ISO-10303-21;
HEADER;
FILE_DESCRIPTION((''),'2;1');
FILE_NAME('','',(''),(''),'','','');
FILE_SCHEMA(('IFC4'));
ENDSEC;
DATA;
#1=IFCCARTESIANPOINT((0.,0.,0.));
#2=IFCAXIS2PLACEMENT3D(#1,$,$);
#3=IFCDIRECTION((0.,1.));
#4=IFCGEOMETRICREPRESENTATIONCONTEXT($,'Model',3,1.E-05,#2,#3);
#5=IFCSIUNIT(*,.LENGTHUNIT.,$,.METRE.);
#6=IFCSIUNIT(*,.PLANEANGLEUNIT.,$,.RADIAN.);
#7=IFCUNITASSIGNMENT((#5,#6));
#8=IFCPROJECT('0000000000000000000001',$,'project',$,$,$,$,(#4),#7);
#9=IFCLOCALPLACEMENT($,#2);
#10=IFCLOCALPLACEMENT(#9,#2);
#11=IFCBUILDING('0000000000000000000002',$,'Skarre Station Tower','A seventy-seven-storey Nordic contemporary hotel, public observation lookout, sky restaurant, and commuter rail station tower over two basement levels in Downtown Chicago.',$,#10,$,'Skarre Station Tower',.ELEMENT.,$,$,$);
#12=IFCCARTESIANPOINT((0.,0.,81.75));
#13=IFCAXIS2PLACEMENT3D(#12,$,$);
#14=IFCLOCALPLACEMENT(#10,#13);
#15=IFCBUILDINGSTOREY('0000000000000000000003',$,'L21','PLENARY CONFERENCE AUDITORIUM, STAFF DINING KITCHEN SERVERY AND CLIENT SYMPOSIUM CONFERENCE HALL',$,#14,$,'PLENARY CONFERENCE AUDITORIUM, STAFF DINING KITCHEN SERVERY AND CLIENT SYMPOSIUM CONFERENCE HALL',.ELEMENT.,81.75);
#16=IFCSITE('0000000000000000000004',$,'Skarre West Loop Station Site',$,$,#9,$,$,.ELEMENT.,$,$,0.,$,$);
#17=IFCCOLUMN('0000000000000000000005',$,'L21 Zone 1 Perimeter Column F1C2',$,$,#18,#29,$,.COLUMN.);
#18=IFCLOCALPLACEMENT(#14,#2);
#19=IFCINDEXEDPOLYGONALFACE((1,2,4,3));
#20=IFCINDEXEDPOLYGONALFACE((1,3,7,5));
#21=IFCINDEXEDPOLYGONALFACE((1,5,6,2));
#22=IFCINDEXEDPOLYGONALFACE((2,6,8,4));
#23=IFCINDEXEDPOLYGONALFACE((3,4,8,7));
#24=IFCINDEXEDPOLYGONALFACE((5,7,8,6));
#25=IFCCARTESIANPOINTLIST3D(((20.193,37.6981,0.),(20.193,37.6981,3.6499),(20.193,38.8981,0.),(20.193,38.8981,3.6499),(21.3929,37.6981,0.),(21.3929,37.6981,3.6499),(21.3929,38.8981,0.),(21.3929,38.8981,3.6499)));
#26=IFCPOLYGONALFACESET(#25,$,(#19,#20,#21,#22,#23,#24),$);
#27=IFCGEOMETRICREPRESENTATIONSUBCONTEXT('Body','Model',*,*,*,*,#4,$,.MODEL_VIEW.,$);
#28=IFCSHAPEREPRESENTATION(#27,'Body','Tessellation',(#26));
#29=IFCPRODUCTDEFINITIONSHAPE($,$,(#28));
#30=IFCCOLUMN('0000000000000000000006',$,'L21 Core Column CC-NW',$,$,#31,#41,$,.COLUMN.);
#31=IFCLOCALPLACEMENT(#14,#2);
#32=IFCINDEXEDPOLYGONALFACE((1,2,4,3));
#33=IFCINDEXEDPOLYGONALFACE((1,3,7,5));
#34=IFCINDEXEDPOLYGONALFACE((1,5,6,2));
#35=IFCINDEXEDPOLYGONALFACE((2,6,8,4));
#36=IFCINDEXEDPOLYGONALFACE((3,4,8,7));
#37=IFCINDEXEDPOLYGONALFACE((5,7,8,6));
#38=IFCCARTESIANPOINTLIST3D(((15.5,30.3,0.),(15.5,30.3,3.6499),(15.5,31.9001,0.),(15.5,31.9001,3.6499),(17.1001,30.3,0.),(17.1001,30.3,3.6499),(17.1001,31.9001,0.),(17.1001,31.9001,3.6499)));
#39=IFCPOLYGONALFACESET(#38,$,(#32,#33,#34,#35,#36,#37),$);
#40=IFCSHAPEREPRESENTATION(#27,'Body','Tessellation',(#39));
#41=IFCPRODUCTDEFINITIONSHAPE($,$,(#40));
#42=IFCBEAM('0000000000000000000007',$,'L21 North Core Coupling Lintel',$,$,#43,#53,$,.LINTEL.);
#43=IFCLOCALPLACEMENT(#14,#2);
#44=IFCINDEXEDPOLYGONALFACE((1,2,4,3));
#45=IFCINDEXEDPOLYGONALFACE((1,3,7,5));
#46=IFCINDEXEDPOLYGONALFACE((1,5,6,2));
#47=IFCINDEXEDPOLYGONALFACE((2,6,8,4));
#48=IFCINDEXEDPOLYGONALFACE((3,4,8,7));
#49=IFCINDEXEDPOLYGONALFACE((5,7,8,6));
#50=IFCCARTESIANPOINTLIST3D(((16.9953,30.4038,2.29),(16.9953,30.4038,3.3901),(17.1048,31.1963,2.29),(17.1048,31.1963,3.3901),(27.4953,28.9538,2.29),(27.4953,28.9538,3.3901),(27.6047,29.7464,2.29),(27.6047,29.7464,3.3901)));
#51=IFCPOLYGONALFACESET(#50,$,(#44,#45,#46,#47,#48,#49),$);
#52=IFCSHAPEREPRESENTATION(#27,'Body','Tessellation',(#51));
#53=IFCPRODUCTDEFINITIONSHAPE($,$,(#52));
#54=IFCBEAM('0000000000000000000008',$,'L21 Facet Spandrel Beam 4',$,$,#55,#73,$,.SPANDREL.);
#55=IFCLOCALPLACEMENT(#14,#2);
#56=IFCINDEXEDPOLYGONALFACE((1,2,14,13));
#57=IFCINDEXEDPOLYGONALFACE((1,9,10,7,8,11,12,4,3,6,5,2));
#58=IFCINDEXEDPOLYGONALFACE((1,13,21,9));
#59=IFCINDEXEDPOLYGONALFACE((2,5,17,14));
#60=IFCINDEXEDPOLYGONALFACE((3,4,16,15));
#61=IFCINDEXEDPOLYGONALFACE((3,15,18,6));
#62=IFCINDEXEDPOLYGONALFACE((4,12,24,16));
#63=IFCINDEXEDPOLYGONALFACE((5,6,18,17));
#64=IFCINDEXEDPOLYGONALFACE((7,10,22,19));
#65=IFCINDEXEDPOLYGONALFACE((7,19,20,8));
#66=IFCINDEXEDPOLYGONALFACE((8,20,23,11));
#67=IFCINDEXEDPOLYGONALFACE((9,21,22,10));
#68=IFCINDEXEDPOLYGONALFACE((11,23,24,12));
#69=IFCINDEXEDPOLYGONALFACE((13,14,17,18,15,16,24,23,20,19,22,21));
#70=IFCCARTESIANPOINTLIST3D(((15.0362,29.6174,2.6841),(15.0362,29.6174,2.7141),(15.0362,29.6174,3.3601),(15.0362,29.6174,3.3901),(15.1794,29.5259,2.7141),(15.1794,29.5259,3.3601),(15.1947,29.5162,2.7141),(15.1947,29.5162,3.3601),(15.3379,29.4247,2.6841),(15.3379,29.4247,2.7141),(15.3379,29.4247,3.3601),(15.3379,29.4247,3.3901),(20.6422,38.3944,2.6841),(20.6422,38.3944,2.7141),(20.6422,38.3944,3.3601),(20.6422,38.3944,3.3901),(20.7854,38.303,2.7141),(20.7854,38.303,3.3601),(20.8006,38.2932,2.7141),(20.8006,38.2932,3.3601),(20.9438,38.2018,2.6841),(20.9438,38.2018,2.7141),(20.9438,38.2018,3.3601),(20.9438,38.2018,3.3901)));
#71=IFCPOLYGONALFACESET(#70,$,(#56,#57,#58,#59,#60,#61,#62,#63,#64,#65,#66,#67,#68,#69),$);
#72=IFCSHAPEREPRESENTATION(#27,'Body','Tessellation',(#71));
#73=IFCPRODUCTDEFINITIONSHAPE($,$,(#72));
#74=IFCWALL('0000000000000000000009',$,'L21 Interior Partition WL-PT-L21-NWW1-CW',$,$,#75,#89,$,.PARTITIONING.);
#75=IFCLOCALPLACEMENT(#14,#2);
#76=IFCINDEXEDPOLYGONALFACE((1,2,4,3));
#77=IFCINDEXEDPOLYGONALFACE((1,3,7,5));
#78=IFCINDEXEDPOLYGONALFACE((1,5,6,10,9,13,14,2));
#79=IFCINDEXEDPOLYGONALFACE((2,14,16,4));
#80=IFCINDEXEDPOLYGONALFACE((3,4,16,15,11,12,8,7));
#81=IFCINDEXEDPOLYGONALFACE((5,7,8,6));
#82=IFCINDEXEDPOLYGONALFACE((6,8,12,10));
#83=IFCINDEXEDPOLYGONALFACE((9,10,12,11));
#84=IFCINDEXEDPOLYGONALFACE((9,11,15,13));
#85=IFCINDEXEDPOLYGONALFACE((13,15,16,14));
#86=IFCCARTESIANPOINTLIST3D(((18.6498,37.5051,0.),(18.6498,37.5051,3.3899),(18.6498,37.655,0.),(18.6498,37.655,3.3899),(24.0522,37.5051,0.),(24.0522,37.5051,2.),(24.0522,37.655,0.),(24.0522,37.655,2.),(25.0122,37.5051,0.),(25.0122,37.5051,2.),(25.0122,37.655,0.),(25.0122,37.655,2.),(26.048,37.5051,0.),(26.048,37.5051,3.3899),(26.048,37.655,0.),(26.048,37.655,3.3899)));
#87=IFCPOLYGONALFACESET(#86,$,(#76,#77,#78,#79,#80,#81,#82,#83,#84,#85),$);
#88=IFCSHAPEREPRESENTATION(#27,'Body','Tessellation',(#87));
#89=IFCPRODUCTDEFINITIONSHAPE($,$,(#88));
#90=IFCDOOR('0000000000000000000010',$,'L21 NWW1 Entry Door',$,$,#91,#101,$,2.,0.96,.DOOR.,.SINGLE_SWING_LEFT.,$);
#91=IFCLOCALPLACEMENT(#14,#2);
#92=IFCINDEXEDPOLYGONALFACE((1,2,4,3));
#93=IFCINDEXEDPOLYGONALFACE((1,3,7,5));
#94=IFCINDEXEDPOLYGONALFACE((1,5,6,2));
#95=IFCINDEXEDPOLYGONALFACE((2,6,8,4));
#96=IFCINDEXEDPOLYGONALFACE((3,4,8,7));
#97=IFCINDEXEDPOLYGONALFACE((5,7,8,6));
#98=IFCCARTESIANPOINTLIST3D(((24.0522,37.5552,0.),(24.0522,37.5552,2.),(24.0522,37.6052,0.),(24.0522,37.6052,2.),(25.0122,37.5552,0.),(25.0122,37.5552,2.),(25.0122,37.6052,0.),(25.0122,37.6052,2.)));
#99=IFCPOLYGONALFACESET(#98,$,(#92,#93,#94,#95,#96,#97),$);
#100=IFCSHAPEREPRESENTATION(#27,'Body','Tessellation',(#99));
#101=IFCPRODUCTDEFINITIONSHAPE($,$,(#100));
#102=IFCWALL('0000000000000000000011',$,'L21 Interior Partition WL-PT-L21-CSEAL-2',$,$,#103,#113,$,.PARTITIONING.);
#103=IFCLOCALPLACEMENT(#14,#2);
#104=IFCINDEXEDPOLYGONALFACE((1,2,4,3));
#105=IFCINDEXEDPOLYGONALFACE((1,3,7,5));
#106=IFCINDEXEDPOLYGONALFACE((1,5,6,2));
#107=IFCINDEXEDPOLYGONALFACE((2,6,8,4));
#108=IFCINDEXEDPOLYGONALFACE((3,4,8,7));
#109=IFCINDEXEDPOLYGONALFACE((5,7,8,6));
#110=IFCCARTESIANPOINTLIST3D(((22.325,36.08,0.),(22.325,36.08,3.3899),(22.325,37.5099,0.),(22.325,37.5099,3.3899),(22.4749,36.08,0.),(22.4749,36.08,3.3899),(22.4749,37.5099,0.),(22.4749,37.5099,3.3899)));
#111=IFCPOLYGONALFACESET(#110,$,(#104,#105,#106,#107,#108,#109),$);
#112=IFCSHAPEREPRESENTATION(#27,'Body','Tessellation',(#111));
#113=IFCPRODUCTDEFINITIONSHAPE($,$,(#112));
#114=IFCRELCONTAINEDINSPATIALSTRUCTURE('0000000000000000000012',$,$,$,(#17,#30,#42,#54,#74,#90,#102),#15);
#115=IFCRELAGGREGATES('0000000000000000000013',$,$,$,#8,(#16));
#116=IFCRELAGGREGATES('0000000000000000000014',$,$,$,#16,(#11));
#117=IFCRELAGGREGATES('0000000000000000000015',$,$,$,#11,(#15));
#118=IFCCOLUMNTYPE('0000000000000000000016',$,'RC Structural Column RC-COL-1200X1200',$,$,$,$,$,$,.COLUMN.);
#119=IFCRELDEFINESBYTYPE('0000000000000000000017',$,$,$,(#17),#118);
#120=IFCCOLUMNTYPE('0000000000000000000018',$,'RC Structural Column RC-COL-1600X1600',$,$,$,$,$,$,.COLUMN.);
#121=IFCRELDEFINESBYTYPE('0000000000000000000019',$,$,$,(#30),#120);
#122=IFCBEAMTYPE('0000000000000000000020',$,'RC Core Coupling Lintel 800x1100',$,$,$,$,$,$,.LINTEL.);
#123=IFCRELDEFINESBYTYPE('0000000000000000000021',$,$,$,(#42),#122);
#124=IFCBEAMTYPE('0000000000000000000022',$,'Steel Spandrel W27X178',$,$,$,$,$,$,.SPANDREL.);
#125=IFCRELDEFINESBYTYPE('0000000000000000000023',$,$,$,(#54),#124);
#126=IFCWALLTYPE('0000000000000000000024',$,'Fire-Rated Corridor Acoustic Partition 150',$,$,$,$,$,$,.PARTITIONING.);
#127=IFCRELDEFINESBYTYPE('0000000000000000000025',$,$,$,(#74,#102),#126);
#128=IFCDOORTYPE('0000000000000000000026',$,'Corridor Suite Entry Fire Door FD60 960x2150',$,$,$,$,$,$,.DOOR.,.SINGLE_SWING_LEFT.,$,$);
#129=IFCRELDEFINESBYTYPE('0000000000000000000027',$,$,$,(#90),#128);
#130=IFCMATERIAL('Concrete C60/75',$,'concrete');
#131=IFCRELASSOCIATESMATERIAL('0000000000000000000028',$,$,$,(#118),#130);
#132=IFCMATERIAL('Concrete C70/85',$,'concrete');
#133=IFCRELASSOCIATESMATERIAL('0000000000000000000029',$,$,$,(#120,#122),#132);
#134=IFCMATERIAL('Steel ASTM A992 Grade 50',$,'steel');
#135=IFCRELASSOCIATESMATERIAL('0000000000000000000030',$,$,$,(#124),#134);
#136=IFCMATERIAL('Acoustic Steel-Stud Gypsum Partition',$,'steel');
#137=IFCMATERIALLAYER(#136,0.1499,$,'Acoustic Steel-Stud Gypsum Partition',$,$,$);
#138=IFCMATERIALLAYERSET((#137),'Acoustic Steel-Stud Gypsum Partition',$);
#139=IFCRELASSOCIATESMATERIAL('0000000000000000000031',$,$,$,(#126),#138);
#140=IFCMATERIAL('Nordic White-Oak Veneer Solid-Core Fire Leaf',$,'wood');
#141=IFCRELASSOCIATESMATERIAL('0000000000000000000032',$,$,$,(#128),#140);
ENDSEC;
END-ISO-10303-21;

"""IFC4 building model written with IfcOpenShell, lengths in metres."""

from ifc_helpers import new_model, si_unit, direction, frame, frame_2d, origin, origin_2d, place, context, subcontext, project, spatial, rectangle, i_section, extrude, material, layer, layer_set, material_profile, profile_set, type_object, element, fill, save


model = new_model("IFC4")

# Units and contexts
model_context = context("Model", 3, precision=1e-05, world=origin(), true_north=direction((0.0, 1.0)))
body_context = subcontext(model_context, "Body", "Model", "MODEL_VIEW")
ifc_project = project(units=[si_unit("LENGTHUNIT", "METRE"), si_unit("PLANEANGLEUNIT", "RADIAN")], contexts=[model_context])

# Site, building, storey
site_placement = place(None, origin())
site = spatial("IfcSite", under=ifc_project, at=site_placement, Name="Skarre West Loop Station Site", CompositionType="ELEMENT", RefElevation=0.0)
building_placement = place(site_placement, origin())
building = spatial("IfcBuilding", under=site, at=building_placement, Name="Skarre Station Tower", Description="A seventy-seven-storey Nordic contemporary hotel, public observation lookout, sky restaurant, and commuter rail station tower over two basement levels in Downtown Chicago.", LongName="Skarre Station Tower", CompositionType="ELEMENT")
storey_placement = place(building_placement, frame((0.0, 0.0, 81.75)))
storey = spatial("IfcBuildingStorey", under=building, at=storey_placement, Name="L21", Description="PLENARY CONFERENCE AUDITORIUM, STAFF DINING KITCHEN SERVERY AND CLIENT SYMPOSIUM CONFERENCE HALL", LongName="PLENARY CONFERENCE AUDITORIUM, STAFF DINING KITCHEN SERVERY AND CLIENT SYMPOSIUM CONFERENCE HALL", CompositionType="ELEMENT", Elevation=81.75)

# Columns
ifc_material_1 = material(Name="Concrete C60/75", Category="concrete")
ifc_material_profile_1 = material_profile(ifc_material_1, rectangle(XDim=1.2, YDim=1.2, at=origin_2d()), Name="Concrete C60/75")
ifc_profile_set_1 = profile_set([ifc_material_profile_1], Name="Concrete C60/75")
column_type_1 = type_object("IfcColumnType", Name="RC Structural Column RC-COL-1200X1200", PredefinedType="COLUMN", material=ifc_profile_set_1)
column_1_placement = place(storey_placement, frame((20.793, 38.2981, 0.0), z_axis=(0.0, 0.0, 1.0), x_axis=(1.0, 0.0, 0.0)))
element("IfcColumn", 1, at=column_1_placement, inside=storey, type_object=column_type_1, Name="L21 Zone 1 Perimeter Column F1C2", PredefinedType="COLUMN", context=body_context, shape_type="SweptSolid", body=[
    extrude(rectangle(XDim=1.2, YDim=1.2, at=origin_2d()), origin(), (0.0, 0.0, 1.0), 3.6499),
])
ifc_material_2 = material(Name="Concrete C70/85", Category="concrete")
ifc_material_profile_2 = material_profile(ifc_material_2, rectangle(XDim=1.6001, YDim=1.6001, at=origin_2d()), Name="Concrete C70/85")
ifc_profile_set_2 = profile_set([ifc_material_profile_2], Name="Concrete C70/85")
column_type_2 = type_object("IfcColumnType", Name="RC Structural Column RC-COL-1600X1600", PredefinedType="COLUMN", material=ifc_profile_set_2)
column_2_placement = place(storey_placement, frame((16.3, 31.1001, 0.0), z_axis=(0.0, 0.0, 1.0), x_axis=(1.0, 0.0, 0.0)))
element("IfcColumn", 2, at=column_2_placement, inside=storey, type_object=column_type_2, Name="L21 Core Column CC-NW", PredefinedType="COLUMN", context=body_context, shape_type="SweptSolid", body=[
    extrude(rectangle(XDim=1.6001, YDim=1.6001, at=origin_2d()), origin(), (0.0, 0.0, 1.0), 3.6499),
])

# Beams
ifc_material_profile_3 = material_profile(ifc_material_2, rectangle(XDim=0.8, YDim=1.1001, at=origin_2d()), Name="Concrete C70/85")
ifc_profile_set_3 = profile_set([ifc_material_profile_3], Name="Concrete C70/85")
beam_type_1 = type_object("IfcBeamType", Name="RC Core Coupling Lintel 800x1100", PredefinedType="LINTEL", material=ifc_profile_set_3)
beam_1_placement = place(storey_placement, frame((17.05, 30.8, 2.8401), z_axis=(0.9906, -0.136792, 0.0), x_axis=(0.136792, 0.9906, 0.0)))
element("IfcBeam", 3, at=beam_1_placement, inside=storey, type_object=beam_type_1, Name="L21 North Core Coupling Lintel", PredefinedType="LINTEL", context=body_context, shape_type="SweptSolid", body=[
    extrude(rectangle(XDim=0.8, YDim=1.1001, at=origin_2d()), origin(), (0.0, 0.0, 1.0), 10.5996),
])
ifc_material_3 = material(Name="Steel ASTM A992 Grade 50", Category="steel")
ifc_material_profile_4 = material_profile(ifc_material_3, i_section(OverallWidth=0.3579, OverallDepth=0.7061, WebThickness=0.0181, FlangeThickness=0.03, at=origin_2d()), Name="Steel ASTM A992 Grade 50")
ifc_profile_set_4 = profile_set([ifc_material_profile_4], Name="Steel ASTM A992 Grade 50")
beam_type_2 = type_object("IfcBeamType", Name="Steel Spandrel W27X178", PredefinedType="SPANDREL", material=ifc_profile_set_4)
beam_2_placement = place(storey_placement, frame((20.793, 38.2981, 3.0371), z_axis=(-0.538278, -0.842767, 0.0), x_axis=(0.842767, -0.538278, 0.0)))
element("IfcBeam", 4, at=beam_2_placement, inside=storey, type_object=beam_type_2, Name="L21 Facet Spandrel Beam 4", PredefinedType="SPANDREL", context=body_context, shape_type="SweptSolid", body=[
    extrude(i_section(OverallWidth=0.3579, OverallDepth=0.7061, WebThickness=0.0181, FlangeThickness=0.03, at=origin_2d()), origin(), (0.0, 0.0, 1.0), 10.4146),
])

# Wall, opening, door
ifc_material_4 = material(Name="Acoustic Steel-Stud Gypsum Partition", Category="steel")
ifc_layer_1 = layer(ifc_material_4, 0.1499, Name="Acoustic Steel-Stud Gypsum Partition")
ifc_layer_set_1 = layer_set([ifc_layer_1], Name="Acoustic Steel-Stud Gypsum Partition")
wall_type_1 = type_object("IfcWallType", Name="Fire-Rated Corridor Acoustic Partition 150", PredefinedType="PARTITIONING", material=ifc_layer_set_1)
wall_1_placement = place(storey_placement, frame((26.0481, 37.5801, 0.0), z_axis=(0.0, 0.0, 1.0), x_axis=(-1.0, 0.0, 0.0)))
wall_1 = element("IfcWall", 5, at=wall_1_placement, inside=storey, type_object=wall_type_1, Name="L21 Interior Partition WL-PT-L21-NWW1-CW", PredefinedType="PARTITIONING", context=body_context, shape_type="SweptSolid", body=[
    extrude(rectangle(XDim=7.3982, YDim=0.1499, at=frame_2d((3.6992, 0.0))), origin(), (0.0, 0.0, 1.0), 3.3899),
])
opening_1_placement = place(wall_1_placement, frame((1.0359, 0.0, 0.0)))
opening_1 = element("IfcOpeningElement", 6, at=opening_1_placement, cuts=wall_1, PredefinedType="OPENING", context=body_context, shape_type="SweptSolid", body=[
    extrude(rectangle(XDim=0.96, YDim=2.0, at=frame_2d((0.48, 1.0))), frame((0.0, 0.085, 0.0), z_axis=(0.0, -1.0, 0.0), x_axis=(1.0, 0.0, 0.0)), (0.0, 0.0, 1.0), 0.1699),
])
ifc_material_5 = material(Name="Nordic White-Oak Veneer Solid-Core Fire Leaf", Category="wood")
door_type_1 = type_object("IfcDoorType", Name="Corridor Suite Entry Fire Door FD60 960x2150", OperationType="SINGLE_SWING_LEFT", PredefinedType="DOOR", material=ifc_material_5)
door_1_placement = place(opening_1_placement, origin())
door_1 = element("IfcDoor", 7, at=door_1_placement, inside=storey, type_object=door_type_1, Name="L21 NWW1 Entry Door", OperationType="SINGLE_SWING_LEFT", OverallHeight=2.0, OverallWidth=0.96, PredefinedType="DOOR", context=body_context, shape_type="SweptSolid", body=[
    extrude(rectangle(XDim=0.96, YDim=2.0, at=frame_2d((0.48, 1.0))), frame((0.0, 0.0249, 0.0), z_axis=(0.0, -1.0, 0.0), x_axis=(1.0, 0.0, 0.0)), (0.0, 0.0, 1.0), 0.05),
])
fill(opening_1, door_1)

# Wall
wall_2_placement = place(storey_placement, frame((22.3999, 36.0801, 0.0), z_axis=(0.0, 0.0, 1.0), x_axis=(0.0, 1.0, 0.0)))
element("IfcWall", 8, at=wall_2_placement, inside=storey, type_object=wall_type_1, Name="L21 Interior Partition WL-PT-L21-CSEAL-2", PredefinedType="PARTITIONING", context=body_context, shape_type="SweptSolid", body=[
    extrude(rectangle(XDim=1.4299, YDim=0.1499, at=frame_2d((0.7148, 0.0))), origin(), (0.0, 0.0, 1.0), 3.3899),
])

save(model, "model.ifc")
